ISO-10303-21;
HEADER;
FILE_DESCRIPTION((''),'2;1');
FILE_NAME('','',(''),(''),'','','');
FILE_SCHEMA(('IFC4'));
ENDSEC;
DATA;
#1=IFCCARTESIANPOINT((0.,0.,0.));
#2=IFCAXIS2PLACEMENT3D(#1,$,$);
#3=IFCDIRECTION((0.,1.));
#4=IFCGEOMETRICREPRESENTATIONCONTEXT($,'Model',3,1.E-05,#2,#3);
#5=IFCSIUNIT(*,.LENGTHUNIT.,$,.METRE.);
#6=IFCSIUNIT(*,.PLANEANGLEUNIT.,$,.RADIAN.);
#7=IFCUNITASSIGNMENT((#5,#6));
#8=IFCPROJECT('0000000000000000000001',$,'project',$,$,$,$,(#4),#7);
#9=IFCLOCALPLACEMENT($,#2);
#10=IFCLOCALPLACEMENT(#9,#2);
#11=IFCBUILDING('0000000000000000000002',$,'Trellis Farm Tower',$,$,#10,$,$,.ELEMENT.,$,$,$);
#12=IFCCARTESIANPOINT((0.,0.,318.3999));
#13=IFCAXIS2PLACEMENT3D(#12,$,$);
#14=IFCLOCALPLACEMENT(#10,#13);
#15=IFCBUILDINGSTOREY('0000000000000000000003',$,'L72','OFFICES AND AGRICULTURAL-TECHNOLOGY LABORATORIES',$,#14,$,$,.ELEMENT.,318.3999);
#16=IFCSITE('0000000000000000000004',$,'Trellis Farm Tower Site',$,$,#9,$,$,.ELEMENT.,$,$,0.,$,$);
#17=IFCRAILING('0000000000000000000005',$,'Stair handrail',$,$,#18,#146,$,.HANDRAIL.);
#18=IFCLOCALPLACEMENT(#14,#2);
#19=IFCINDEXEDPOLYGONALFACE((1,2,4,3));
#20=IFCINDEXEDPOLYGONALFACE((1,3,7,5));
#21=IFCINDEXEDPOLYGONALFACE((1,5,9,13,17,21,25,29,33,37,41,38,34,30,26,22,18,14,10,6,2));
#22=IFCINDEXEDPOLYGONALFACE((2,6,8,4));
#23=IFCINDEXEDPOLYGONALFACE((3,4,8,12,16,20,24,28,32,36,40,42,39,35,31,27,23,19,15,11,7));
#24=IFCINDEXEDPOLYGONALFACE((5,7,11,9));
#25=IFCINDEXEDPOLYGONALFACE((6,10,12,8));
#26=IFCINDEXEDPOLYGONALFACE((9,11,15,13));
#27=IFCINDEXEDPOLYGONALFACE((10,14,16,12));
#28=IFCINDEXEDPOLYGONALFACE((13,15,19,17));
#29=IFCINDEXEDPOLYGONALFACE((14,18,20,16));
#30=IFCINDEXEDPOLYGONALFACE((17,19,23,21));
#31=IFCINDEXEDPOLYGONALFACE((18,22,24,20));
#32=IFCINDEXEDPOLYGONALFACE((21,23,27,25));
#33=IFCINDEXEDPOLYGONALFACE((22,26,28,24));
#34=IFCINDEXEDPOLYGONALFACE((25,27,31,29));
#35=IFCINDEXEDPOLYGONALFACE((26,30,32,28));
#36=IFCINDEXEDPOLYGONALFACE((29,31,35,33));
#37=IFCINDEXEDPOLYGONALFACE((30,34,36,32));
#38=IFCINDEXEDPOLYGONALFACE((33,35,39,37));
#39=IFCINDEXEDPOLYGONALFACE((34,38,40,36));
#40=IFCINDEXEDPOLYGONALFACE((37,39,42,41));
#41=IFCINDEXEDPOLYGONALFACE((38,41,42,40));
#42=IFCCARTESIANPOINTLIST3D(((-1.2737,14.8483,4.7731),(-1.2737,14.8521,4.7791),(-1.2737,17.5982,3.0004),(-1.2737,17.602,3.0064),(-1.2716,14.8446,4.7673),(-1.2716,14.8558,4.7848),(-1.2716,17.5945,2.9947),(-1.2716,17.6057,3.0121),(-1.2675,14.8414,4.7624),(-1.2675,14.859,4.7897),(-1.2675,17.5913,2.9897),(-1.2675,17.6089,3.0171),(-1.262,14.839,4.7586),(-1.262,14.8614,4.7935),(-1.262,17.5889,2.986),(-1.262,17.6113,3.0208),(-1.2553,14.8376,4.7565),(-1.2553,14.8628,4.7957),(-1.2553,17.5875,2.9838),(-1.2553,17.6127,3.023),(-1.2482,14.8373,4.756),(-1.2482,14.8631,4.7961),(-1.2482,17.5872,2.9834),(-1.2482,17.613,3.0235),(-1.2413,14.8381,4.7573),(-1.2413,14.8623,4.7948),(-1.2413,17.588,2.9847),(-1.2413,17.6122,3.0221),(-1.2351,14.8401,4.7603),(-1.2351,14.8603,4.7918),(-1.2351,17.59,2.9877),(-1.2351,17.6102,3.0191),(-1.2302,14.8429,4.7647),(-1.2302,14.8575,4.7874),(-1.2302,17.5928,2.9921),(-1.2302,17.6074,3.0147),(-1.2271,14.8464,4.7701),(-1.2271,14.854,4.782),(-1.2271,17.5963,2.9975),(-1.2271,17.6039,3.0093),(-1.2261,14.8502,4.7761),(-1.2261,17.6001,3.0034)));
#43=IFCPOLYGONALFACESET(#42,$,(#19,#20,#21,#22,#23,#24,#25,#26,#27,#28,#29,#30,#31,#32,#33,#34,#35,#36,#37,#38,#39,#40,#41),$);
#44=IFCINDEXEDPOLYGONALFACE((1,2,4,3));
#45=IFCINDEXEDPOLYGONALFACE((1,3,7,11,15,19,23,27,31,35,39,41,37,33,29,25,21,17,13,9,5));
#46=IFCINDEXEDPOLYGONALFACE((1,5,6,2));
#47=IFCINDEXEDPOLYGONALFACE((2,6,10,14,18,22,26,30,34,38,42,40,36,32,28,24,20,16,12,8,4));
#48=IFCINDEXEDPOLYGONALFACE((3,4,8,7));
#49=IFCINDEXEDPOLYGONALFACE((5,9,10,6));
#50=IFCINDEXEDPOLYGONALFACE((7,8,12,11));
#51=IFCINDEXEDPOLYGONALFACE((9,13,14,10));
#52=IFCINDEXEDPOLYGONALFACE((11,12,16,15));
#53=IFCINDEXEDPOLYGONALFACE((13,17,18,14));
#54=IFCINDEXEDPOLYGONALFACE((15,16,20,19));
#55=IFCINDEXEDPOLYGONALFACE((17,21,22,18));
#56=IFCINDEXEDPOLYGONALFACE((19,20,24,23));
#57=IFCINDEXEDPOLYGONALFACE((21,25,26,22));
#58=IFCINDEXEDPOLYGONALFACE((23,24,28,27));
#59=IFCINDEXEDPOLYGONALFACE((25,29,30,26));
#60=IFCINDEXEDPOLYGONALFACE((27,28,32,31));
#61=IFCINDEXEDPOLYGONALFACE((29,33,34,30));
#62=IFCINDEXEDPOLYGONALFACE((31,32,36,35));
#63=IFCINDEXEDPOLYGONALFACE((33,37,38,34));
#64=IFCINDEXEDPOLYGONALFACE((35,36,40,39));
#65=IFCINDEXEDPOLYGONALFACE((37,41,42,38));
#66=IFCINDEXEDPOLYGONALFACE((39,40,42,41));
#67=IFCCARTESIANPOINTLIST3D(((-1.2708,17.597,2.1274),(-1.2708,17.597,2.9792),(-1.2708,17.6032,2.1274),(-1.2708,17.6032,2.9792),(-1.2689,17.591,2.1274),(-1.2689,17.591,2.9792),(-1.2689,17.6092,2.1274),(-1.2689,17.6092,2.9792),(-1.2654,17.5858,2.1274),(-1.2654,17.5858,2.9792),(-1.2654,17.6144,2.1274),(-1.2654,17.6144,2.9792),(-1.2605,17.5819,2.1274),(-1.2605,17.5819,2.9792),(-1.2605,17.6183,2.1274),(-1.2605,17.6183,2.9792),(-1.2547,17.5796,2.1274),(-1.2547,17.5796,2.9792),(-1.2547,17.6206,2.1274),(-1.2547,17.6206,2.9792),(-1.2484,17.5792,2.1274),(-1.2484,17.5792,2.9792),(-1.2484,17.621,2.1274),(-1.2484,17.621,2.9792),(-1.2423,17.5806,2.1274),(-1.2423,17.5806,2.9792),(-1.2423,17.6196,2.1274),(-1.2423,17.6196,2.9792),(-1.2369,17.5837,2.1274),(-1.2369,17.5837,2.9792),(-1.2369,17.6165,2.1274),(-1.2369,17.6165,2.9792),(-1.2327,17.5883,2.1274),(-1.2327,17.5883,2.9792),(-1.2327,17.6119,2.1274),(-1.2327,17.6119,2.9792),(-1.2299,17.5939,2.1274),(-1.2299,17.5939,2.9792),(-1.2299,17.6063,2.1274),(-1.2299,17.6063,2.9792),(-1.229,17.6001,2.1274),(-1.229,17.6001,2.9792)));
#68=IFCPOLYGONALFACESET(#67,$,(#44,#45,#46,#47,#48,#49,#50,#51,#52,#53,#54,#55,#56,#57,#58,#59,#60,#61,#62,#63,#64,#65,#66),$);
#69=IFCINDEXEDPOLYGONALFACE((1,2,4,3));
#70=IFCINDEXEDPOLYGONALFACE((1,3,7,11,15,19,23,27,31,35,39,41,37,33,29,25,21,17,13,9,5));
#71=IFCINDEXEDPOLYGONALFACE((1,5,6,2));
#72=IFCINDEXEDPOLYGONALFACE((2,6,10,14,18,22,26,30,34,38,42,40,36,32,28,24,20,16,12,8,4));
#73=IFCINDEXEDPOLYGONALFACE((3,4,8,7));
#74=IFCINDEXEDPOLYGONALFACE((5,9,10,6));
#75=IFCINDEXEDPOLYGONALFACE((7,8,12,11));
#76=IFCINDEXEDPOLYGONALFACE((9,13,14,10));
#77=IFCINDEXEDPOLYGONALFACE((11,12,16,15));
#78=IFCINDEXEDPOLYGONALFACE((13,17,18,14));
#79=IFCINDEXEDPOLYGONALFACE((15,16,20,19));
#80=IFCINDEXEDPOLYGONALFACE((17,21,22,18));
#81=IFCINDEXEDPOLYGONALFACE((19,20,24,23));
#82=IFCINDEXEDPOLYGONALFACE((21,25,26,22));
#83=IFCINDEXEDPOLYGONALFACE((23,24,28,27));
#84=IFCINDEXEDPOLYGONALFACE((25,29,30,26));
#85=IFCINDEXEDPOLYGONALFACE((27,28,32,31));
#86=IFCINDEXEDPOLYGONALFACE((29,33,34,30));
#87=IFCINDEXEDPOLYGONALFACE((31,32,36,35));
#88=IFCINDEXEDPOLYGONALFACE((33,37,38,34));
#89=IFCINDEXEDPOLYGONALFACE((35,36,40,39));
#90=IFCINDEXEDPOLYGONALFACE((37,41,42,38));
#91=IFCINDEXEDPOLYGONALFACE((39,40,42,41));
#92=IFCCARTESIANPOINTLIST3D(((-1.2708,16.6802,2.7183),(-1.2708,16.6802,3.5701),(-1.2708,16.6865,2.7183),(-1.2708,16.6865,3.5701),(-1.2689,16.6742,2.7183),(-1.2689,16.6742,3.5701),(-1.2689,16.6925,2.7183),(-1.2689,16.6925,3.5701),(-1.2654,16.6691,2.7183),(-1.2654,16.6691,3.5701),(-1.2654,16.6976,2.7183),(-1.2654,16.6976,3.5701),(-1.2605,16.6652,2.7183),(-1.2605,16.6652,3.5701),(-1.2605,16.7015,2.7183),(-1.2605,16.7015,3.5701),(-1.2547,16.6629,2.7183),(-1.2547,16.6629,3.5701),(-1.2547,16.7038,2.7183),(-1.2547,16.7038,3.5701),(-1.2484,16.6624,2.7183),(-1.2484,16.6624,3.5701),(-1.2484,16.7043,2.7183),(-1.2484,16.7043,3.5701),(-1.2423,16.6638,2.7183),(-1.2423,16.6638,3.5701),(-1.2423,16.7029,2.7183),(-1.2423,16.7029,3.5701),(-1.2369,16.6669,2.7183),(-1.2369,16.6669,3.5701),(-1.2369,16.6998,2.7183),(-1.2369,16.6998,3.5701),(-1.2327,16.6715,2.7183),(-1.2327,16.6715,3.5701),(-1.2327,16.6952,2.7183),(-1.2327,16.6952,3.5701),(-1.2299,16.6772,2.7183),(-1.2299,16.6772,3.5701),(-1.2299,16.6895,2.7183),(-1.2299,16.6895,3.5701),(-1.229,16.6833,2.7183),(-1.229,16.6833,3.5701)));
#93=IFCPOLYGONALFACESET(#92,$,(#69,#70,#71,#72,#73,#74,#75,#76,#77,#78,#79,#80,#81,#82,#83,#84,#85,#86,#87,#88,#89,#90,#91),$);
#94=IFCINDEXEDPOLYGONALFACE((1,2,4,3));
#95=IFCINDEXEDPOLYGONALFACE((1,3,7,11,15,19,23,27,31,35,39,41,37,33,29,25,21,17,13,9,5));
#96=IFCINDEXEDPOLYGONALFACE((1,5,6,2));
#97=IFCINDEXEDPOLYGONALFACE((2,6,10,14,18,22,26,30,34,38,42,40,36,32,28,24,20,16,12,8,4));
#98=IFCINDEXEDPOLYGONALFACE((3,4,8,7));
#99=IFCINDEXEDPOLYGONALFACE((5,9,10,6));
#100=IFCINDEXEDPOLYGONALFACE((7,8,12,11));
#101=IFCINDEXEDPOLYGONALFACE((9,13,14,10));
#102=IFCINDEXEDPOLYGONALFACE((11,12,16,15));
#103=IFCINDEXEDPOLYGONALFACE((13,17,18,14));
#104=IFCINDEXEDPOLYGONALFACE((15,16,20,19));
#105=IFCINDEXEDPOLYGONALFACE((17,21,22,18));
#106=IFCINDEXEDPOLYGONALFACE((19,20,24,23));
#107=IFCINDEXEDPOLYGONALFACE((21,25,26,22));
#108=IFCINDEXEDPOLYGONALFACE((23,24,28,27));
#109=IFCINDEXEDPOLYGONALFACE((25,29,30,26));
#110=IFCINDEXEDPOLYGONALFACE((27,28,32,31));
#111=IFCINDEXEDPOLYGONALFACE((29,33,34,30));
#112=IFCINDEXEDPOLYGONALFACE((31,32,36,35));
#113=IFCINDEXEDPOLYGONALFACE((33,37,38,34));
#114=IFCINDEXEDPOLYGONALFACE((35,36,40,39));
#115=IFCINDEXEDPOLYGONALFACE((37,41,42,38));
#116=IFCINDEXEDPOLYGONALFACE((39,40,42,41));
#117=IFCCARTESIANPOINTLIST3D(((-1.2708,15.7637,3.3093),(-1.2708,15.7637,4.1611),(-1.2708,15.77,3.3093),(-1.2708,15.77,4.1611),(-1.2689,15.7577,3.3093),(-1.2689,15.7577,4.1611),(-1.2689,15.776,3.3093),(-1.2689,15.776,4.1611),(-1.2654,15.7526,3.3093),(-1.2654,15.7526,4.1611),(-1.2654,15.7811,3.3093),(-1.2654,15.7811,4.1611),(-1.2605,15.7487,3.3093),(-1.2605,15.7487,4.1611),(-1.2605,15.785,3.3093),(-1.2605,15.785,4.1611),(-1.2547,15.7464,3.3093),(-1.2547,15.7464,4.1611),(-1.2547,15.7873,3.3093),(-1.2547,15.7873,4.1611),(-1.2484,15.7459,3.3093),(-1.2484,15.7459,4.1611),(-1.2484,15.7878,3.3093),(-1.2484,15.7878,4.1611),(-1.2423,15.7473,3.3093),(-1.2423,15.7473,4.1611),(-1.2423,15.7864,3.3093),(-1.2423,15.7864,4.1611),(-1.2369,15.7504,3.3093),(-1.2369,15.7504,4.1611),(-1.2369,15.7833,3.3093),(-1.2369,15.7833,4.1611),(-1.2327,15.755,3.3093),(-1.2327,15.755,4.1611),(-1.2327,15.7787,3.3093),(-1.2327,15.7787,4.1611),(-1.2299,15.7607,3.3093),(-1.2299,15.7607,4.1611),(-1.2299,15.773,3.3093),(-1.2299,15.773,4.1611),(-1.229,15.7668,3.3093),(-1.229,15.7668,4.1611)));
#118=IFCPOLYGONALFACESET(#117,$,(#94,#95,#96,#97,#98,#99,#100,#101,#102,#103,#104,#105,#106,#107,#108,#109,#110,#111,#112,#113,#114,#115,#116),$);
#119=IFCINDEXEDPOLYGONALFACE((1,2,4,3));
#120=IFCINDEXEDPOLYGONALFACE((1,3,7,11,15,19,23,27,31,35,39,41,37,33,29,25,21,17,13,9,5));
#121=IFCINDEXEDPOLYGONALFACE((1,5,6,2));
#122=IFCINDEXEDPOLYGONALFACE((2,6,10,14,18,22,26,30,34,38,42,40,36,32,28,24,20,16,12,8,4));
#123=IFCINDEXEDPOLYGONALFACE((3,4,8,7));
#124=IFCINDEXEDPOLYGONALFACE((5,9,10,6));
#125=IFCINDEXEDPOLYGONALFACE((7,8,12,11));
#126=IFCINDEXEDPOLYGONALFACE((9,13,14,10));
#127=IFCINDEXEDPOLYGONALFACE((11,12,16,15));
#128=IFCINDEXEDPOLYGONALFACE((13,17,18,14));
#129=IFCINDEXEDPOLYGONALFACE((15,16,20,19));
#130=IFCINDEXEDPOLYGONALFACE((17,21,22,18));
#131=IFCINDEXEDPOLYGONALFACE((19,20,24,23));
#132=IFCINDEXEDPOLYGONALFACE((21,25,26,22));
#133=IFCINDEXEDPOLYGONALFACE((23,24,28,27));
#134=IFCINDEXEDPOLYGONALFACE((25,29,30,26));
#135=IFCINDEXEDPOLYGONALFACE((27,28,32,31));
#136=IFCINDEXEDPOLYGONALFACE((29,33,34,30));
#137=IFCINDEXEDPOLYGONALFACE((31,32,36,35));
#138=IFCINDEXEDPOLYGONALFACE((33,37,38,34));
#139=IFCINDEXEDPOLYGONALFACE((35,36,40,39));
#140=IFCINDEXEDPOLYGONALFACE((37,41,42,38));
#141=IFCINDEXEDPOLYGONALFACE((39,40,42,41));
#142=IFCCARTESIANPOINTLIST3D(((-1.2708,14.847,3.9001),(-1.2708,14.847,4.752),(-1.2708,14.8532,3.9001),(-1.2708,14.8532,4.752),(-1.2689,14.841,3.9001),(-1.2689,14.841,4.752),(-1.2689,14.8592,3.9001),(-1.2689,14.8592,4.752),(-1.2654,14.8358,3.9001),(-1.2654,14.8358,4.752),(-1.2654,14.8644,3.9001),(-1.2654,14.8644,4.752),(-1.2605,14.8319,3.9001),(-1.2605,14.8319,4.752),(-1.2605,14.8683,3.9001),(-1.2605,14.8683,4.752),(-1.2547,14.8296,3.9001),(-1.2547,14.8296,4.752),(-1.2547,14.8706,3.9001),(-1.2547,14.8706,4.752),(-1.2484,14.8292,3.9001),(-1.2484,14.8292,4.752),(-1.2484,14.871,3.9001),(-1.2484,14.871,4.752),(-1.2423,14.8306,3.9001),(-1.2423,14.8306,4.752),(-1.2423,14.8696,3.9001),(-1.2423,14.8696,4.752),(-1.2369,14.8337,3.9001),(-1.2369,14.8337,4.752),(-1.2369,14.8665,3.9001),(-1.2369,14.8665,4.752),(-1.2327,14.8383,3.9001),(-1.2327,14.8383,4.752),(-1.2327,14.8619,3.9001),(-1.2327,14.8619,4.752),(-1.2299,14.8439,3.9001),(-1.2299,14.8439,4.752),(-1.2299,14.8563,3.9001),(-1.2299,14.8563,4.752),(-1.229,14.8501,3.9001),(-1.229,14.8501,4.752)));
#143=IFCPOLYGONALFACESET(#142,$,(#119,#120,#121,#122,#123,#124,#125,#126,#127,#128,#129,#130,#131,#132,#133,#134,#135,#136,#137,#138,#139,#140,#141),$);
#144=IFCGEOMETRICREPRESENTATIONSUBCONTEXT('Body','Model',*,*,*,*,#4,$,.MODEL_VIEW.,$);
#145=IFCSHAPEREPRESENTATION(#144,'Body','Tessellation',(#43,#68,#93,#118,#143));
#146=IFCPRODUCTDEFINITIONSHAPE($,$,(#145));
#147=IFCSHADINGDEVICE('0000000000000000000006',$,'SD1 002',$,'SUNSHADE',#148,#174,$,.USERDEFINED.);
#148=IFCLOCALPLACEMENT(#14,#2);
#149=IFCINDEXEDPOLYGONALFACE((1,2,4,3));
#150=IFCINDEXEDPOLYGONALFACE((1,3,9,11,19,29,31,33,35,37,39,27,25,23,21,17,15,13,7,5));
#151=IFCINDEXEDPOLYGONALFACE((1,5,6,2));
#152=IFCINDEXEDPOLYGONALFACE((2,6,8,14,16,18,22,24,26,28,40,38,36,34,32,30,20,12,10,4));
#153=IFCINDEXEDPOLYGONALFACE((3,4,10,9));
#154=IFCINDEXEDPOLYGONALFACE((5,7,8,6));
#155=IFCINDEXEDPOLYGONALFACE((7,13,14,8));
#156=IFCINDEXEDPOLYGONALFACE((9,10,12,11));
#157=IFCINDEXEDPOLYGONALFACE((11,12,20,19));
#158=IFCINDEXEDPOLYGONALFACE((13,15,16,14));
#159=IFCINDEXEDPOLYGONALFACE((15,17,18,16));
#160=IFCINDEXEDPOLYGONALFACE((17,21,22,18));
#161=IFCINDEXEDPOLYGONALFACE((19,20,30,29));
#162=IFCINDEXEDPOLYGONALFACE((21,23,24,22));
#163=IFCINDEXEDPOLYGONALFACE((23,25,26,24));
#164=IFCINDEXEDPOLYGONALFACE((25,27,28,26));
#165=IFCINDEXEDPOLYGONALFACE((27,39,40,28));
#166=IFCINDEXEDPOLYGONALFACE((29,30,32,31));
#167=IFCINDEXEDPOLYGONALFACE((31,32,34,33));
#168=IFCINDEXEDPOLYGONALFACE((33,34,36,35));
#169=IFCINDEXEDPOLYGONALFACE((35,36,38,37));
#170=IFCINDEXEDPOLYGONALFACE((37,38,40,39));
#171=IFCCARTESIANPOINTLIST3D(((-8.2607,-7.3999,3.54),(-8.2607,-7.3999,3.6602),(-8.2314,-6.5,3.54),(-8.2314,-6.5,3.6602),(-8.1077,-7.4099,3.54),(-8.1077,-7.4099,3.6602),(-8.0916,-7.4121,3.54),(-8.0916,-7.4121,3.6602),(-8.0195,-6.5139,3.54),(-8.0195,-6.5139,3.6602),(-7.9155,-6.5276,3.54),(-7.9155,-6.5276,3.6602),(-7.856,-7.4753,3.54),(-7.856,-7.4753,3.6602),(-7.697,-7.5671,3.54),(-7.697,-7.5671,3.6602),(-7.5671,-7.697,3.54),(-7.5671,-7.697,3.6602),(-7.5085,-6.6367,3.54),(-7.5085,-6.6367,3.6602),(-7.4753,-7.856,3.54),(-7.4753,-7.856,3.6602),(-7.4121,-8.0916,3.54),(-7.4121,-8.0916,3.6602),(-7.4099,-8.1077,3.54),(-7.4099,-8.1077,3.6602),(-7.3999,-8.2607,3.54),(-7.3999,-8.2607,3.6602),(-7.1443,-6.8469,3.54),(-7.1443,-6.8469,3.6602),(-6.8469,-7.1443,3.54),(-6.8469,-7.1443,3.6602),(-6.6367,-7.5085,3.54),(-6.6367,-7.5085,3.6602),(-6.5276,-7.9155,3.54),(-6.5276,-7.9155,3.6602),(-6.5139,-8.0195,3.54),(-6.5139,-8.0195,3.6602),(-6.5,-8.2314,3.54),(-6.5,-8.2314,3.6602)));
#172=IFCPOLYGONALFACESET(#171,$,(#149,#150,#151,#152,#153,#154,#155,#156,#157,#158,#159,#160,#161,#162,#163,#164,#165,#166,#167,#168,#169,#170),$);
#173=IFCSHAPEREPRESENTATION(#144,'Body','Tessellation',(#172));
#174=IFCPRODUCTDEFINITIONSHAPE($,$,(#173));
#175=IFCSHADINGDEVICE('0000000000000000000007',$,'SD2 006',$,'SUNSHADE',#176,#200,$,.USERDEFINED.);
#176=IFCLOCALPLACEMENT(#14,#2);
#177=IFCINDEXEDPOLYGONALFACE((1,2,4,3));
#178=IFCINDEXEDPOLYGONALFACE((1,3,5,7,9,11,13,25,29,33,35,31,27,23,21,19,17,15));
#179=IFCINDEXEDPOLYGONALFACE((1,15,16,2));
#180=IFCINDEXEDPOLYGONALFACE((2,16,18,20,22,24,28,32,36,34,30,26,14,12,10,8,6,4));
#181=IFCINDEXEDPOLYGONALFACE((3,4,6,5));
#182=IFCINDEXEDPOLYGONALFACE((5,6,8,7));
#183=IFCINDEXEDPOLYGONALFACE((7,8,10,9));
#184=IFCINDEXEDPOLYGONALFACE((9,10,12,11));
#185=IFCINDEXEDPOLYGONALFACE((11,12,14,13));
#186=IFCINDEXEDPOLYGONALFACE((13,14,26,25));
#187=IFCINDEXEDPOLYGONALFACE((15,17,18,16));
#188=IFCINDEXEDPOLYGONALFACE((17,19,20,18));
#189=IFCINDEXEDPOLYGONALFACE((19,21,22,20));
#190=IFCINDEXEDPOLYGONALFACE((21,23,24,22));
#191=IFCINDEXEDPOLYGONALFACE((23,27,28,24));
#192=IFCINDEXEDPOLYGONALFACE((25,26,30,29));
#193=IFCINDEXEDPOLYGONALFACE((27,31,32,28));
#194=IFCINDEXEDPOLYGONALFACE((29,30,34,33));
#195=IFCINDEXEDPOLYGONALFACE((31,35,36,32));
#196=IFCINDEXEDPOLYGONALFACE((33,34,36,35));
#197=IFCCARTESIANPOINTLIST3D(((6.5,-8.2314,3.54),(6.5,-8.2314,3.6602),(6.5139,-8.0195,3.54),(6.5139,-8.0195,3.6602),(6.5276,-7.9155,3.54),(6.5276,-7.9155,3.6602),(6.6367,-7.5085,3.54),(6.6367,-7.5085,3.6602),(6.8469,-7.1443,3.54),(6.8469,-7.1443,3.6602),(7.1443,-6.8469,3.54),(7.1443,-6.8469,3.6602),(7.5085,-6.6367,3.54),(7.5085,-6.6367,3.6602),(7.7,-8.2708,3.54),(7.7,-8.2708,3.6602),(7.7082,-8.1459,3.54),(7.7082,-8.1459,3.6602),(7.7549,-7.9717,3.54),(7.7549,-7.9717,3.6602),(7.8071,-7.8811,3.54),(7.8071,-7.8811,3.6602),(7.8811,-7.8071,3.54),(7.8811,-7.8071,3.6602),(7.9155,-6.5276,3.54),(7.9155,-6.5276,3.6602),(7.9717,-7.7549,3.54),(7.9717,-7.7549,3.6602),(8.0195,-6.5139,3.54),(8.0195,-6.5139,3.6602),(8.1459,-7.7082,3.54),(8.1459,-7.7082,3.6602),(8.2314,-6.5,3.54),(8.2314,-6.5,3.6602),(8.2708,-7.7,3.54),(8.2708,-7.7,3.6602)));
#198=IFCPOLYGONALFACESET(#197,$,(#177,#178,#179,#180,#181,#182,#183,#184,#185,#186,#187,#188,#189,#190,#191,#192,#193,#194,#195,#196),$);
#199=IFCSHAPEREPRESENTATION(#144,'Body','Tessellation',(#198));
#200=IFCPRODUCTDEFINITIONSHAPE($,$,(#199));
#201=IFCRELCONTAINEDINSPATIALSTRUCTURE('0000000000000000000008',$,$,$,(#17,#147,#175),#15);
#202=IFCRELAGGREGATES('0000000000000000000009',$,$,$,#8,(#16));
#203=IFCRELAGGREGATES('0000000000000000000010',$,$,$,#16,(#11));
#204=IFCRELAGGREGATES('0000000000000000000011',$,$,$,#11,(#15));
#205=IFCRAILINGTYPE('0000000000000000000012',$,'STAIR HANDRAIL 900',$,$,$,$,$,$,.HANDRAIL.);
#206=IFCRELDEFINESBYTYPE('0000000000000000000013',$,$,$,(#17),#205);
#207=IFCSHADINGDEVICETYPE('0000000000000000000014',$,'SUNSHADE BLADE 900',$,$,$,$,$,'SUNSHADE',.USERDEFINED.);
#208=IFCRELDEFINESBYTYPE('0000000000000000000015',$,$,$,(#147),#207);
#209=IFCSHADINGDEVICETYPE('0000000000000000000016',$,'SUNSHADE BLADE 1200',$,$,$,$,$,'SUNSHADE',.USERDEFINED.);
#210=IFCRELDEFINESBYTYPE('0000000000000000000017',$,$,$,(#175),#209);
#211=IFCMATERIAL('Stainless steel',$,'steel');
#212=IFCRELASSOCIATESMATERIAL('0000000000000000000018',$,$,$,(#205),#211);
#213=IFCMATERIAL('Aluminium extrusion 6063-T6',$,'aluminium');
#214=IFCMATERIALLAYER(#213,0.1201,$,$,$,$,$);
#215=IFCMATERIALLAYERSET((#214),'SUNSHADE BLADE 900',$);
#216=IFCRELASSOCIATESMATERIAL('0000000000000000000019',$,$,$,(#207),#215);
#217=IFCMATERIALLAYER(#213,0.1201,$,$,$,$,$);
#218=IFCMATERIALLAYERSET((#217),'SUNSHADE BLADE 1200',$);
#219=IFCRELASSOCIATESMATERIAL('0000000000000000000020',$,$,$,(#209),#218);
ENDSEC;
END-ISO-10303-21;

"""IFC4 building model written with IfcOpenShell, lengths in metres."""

from ifc_helpers import new_model, si_unit, direction, frame, origin, origin_2d, place, context, subcontext, project, spatial, polyline, circle, outline, extrude, source, transform, mapped, material, layer, layer_set, type_object, element, save


model = new_model("IFC4")

# Units and contexts
model_context = context("Model", 3, precision=1e-05, world=origin(), true_north=direction((0.0, 1.0)))
body_context = subcontext(model_context, "Body", "Model", "MODEL_VIEW")
ifc_project = project(units=[si_unit("LENGTHUNIT", "METRE"), si_unit("PLANEANGLEUNIT", "RADIAN")], contexts=[model_context])

# Site, building, storey
site_placement = place(None, origin())
site = spatial("IfcSite", under=ifc_project, at=site_placement, Name="Trellis Farm Tower Site", CompositionType="ELEMENT", RefElevation=0.0)
building_placement = place(site_placement, origin())
building = spatial("IfcBuilding", under=site, at=building_placement, Name="Trellis Farm Tower", CompositionType="ELEMENT")
storey_placement = place(building_placement, frame((0.0, 0.0, 318.3999)))
storey = spatial("IfcBuildingStorey", under=building, at=storey_placement, Name="L72", Description="OFFICES AND AGRICULTURAL-TECHNOLOGY LABORATORIES", CompositionType="ELEMENT", Elevation=318.3999)

# Shared definitions
ifc_material_1 = material(Name="Aluminium extrusion 6063-T6", Category="aluminium")

# Railing
ifc_material_2 = material(Name="Stainless steel", Category="steel")
railing_type = type_object("IfcRailingType", Name="STAIR HANDRAIL 900", PredefinedType="HANDRAIL", material=ifc_material_2)
shared_shape_1 = source(origin(), body_context, "Body", "SweptSolid", [
    extrude(circle(Radius=0.0239, at=origin_2d()), frame((0.0, 0.0, 0.876), z_axis=(0.0, -0.840504, 0.541806), x_axis=(1.0, 0.0, 0.0)), (0.0, 0.0, 1.0), 3.2717),
    extrude(circle(Radius=0.021, at=origin_2d()), origin(), (0.0, 0.0, 1.0), 0.8518),
    extrude(circle(Radius=0.021, at=origin_2d()), frame((0.0, -0.9167, 0.5908)), (0.0, 0.0, 1.0), 0.8518),
    extrude(circle(Radius=0.021, at=origin_2d()), frame((0.0, -1.8333, 1.1819)), (0.0, 0.0, 1.0), 0.8518),
    extrude(circle(Radius=0.021, at=origin_2d()), frame((0.0, -2.75, 1.7727)), (0.0, 0.0, 1.0), 0.8518),
])
railing_placement = place(storey_placement, frame((-1.25, 17.6001, 2.1274)))
element("IfcRailing", 1, at=railing_placement, inside=storey, type_object=railing_type, Name="Stair handrail", PredefinedType="HANDRAIL", context=body_context, shape_type="MappedRepresentation", body=[
    mapped(shared_shape_1, transform((0.0, 0.0, 0.0))),
])

# Shading devices
ifc_layer_1 = layer(ifc_material_1, 0.1201)
ifc_layer_set_1 = layer_set([ifc_layer_1], Name="SUNSHADE BLADE 900")
shading_device_type_1 = type_object("IfcShadingDeviceType", Name="SUNSHADE BLADE 900", ElementType="SUNSHADE", PredefinedType="USERDEFINED", material=ifc_layer_set_1)
shared_shape_2 = source(origin(), body_context, "Body", "SweptSolid", [
    extrude(outline(polyline([(-8.2607, -7.3999), (-8.1077, -7.4099), (-8.0916, -7.4121), (-7.856, -7.4753), (-7.697, -7.5671), (-7.5671, -7.697), (-7.4753, -7.856), (-7.4121, -8.0916), (-7.4099, -8.1077), (-7.3999, -8.2607), (-6.5, -8.2314), (-6.5139, -8.0195), (-6.5276, -7.9155), (-6.6367, -7.5085), (-6.8469, -7.1443), (-7.1443, -6.8469), (-7.5085, -6.6367), (-7.9155, -6.5276), (-8.0195, -6.5139), (-8.2314, -6.5), (-8.2607, -7.3999)])), origin(), (0.0, 0.0, 1.0), 0.1201),
])
placement_1 = place(storey_placement, frame((0.0, 0.0, 3.54)))
element("IfcShadingDevice", 2, at=placement_1, inside=storey, type_object=shading_device_type_1, Name="SD1 002", ObjectType="SUNSHADE", PredefinedType="USERDEFINED", context=body_context, shape_type="MappedRepresentation", body=[
    mapped(shared_shape_2, transform((0.0, 0.0, 0.0))),
])
ifc_layer_2 = layer(ifc_material_1, 0.1201)
ifc_layer_set_2 = layer_set([ifc_layer_2], Name="SUNSHADE BLADE 1200")
shading_device_type_2 = type_object("IfcShadingDeviceType", Name="SUNSHADE BLADE 1200", ElementType="SUNSHADE", PredefinedType="USERDEFINED", material=ifc_layer_set_2)
shared_shape_3 = source(origin(), body_context, "Body", "SweptSolid", [
    extrude(outline(polyline([(7.7, -8.2708), (7.7087, -8.1372), (7.707, -8.1501), (7.7549, -7.9717), (7.8071, -7.8811), (7.8811, -7.8071), (7.9717, -7.7549), (8.1501, -7.707), (8.1372, -7.7087), (8.2708, -7.7), (8.2314, -6.5), (8.0195, -6.5139), (7.9155, -6.5276), (7.5085, -6.6367), (7.1443, -6.8469), (6.8469, -7.1443), (6.6367, -7.5085), (6.5276, -7.9155), (6.5139, -8.0195), (6.5, -8.2314), (7.7, -8.2708)])), origin(), (0.0, 0.0, 1.0), 0.1201),
])
element("IfcShadingDevice", 3, at=placement_1, inside=storey, type_object=shading_device_type_2, Name="SD2 006", ObjectType="SUNSHADE", PredefinedType="USERDEFINED", context=body_context, shape_type="MappedRepresentation", body=[
    mapped(shared_shape_3, transform((0.0, 0.0, 0.0))),
])

save(model, "model.ifc")
